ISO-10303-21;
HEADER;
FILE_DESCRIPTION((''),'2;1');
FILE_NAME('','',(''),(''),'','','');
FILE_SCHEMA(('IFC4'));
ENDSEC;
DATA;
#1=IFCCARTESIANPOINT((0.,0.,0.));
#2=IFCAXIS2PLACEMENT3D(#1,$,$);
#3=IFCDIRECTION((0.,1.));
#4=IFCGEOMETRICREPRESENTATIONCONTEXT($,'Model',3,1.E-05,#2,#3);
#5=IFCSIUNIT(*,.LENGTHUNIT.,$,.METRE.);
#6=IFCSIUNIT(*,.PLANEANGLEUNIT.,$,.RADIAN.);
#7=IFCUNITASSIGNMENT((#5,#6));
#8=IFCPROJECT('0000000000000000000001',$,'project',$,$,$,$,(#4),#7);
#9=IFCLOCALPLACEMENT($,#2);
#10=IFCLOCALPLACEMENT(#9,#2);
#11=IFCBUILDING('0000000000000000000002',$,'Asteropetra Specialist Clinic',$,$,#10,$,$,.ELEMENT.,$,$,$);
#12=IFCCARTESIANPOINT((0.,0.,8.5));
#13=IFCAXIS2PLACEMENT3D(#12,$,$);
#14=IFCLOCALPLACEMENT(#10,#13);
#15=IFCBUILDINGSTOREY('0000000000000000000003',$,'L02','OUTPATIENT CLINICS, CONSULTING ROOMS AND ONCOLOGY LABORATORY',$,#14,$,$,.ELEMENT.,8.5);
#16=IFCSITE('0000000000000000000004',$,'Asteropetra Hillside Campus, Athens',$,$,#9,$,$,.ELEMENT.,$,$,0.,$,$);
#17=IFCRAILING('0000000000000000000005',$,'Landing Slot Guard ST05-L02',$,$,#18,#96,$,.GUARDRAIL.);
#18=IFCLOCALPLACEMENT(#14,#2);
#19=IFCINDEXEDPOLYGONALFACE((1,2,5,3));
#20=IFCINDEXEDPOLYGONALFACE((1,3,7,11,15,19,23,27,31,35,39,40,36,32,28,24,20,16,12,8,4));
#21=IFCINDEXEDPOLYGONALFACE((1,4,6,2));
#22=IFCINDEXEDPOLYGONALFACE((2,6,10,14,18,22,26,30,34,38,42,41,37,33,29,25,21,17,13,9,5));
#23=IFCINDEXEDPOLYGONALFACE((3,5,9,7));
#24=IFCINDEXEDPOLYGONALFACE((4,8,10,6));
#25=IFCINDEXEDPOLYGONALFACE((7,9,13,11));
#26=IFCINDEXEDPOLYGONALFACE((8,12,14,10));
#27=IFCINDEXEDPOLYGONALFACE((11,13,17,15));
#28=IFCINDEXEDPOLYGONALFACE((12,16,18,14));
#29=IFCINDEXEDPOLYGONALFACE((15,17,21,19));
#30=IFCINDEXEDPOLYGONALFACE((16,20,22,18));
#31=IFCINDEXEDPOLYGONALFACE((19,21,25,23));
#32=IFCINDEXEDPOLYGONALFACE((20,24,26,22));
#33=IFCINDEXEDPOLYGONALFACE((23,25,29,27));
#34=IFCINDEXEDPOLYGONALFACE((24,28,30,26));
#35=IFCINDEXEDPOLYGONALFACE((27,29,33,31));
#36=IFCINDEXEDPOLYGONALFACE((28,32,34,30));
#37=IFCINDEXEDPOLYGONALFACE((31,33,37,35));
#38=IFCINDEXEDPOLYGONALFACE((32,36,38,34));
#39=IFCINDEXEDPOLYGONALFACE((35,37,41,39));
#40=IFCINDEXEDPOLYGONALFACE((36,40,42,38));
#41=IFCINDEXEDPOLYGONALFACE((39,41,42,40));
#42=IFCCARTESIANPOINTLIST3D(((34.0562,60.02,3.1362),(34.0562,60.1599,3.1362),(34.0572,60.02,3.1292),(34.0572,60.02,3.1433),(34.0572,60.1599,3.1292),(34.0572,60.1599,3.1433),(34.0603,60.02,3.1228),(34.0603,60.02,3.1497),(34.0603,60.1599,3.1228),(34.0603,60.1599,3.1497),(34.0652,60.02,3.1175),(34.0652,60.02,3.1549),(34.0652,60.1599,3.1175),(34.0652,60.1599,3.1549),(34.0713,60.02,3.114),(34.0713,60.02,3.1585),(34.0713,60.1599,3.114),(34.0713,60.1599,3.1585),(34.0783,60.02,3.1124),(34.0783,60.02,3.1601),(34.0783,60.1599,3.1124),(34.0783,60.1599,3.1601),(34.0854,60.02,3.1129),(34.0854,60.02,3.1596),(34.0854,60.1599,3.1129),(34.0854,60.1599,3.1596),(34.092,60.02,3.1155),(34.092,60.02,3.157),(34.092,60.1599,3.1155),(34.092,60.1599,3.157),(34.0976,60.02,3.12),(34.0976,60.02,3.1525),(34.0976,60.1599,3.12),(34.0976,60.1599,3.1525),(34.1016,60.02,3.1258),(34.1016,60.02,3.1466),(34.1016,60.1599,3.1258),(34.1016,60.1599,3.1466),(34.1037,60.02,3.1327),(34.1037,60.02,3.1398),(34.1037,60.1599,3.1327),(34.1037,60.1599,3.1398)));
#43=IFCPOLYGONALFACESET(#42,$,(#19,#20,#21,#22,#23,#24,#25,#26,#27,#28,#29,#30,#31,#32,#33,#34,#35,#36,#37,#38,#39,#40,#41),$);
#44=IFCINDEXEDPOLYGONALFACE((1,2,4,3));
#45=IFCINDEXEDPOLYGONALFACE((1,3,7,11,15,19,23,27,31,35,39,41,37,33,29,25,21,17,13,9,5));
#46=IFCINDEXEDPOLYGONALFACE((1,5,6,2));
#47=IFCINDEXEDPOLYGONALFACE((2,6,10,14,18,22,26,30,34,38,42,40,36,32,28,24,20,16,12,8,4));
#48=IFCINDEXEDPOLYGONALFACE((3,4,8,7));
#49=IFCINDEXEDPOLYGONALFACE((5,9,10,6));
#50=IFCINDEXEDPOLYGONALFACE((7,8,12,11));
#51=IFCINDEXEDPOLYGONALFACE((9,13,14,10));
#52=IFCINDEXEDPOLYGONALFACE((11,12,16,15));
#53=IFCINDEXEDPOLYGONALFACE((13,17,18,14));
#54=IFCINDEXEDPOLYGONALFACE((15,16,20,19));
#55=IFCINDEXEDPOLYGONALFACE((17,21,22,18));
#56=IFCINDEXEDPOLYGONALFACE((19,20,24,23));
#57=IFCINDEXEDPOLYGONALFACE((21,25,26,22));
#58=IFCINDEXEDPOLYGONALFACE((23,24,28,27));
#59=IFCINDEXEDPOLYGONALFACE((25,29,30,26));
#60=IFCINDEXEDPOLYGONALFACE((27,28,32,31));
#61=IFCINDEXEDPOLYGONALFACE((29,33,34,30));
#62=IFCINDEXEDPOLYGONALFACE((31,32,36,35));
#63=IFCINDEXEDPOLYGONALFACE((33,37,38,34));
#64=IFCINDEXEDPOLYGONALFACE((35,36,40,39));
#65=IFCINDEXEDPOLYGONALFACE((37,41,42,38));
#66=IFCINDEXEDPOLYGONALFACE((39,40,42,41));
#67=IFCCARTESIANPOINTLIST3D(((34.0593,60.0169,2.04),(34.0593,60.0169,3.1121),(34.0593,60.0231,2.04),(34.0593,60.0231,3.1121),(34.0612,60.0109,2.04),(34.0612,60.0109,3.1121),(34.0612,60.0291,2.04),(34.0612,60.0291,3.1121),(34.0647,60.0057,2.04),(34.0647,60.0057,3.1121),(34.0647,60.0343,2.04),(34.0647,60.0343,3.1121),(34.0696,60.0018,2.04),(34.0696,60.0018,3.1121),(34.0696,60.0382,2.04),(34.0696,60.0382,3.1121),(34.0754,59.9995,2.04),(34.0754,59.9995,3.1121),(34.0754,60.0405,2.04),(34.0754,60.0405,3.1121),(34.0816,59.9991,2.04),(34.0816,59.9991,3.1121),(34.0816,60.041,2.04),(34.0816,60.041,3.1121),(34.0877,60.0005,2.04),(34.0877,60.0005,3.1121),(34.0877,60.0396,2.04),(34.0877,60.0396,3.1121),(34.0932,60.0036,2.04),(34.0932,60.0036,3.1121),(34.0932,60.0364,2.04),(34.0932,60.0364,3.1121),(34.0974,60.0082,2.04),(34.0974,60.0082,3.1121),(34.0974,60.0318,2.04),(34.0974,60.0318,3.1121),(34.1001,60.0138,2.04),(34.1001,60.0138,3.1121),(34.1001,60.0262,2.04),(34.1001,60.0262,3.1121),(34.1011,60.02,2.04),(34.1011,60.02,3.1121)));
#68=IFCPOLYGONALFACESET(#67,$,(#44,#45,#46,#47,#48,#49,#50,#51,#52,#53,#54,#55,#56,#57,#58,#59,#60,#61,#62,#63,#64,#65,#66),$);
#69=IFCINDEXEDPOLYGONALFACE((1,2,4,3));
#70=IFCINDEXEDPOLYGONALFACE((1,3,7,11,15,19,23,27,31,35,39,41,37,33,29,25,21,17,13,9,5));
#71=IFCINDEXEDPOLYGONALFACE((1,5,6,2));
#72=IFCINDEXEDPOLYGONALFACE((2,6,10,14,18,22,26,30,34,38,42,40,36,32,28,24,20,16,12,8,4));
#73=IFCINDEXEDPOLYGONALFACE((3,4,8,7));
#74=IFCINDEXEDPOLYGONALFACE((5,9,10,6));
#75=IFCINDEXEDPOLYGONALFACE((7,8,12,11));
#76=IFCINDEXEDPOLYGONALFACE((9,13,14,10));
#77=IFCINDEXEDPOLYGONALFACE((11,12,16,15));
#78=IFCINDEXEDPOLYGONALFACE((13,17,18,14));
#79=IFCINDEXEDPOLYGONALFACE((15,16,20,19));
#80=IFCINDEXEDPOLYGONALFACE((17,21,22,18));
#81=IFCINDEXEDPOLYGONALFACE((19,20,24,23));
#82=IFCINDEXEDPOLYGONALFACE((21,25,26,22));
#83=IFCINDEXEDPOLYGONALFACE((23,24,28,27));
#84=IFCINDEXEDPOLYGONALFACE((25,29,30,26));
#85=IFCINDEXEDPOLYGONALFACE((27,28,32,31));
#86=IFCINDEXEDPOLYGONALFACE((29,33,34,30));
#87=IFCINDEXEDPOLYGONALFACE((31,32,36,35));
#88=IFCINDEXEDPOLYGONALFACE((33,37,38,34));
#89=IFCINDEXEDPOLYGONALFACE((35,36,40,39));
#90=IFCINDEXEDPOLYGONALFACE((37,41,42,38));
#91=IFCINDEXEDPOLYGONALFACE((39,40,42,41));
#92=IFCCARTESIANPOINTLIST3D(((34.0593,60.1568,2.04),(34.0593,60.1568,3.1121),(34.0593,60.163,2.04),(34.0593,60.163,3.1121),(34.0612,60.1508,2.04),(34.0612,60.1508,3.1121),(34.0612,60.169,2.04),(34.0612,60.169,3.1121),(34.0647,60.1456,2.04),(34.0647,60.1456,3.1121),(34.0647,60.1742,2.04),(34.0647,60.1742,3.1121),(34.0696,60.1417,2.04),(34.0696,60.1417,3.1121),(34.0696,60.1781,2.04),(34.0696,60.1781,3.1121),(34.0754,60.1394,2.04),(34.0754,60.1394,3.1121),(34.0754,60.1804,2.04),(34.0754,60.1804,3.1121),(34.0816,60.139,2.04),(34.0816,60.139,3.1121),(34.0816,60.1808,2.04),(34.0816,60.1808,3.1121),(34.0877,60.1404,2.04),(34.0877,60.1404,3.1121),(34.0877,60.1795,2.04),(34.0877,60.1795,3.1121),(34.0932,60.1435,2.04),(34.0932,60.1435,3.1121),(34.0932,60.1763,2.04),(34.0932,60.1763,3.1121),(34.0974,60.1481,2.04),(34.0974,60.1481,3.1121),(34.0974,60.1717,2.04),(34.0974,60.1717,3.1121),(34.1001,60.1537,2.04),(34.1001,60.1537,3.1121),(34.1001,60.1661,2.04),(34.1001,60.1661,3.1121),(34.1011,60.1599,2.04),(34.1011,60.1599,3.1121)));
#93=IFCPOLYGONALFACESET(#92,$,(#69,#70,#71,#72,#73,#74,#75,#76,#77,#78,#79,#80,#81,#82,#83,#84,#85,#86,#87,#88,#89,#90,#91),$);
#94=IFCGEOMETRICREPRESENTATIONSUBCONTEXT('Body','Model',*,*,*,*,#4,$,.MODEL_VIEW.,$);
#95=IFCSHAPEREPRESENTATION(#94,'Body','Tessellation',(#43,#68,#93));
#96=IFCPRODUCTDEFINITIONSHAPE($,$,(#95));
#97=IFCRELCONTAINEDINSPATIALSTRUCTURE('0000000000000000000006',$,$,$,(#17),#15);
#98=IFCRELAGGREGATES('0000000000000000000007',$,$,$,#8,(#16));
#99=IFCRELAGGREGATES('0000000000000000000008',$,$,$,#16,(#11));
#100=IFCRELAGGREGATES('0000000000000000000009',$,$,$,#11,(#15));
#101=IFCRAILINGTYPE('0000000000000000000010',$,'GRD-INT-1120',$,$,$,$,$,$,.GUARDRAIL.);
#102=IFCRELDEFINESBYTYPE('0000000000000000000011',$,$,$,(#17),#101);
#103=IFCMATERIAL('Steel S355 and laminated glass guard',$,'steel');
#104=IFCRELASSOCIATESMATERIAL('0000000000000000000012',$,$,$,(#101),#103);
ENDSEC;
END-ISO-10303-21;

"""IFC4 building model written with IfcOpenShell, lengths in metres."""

from ifc_helpers import new_model, si_unit, direction, frame, origin, origin_2d, place, context, subcontext, project, spatial, circle, extrude, material, type_object, element, save


model = new_model("IFC4")

# Units and contexts
model_context = context("Model", 3, precision=1e-05, world=origin(), true_north=direction((0.0, 1.0)))
body_context = subcontext(model_context, "Body", "Model", "MODEL_VIEW")
ifc_project = project(units=[si_unit("LENGTHUNIT", "METRE"), si_unit("PLANEANGLEUNIT", "RADIAN")], contexts=[model_context])

# Site, building, storey
site_placement = place(None, origin())
site = spatial("IfcSite", under=ifc_project, at=site_placement, Name="Asteropetra Hillside Campus, Athens", CompositionType="ELEMENT", RefElevation=0.0)
building_placement = place(site_placement, origin())
building = spatial("IfcBuilding", under=site, at=building_placement, Name="Asteropetra Specialist Clinic", CompositionType="ELEMENT")
storey_placement = place(building_placement, frame((0.0, 0.0, 8.5)))
storey = spatial("IfcBuildingStorey", under=building, at=storey_placement, Name="L02", Description="OUTPATIENT CLINICS, CONSULTING ROOMS AND ONCOLOGY LABORATORY", CompositionType="ELEMENT", Elevation=8.5)

# Railing
ifc_material_1 = material(Name="Steel S355 and laminated glass guard", Category="steel")
railing_type_1 = type_object("IfcRailingType", Name="GRD-INT-1120", PredefinedType="GUARDRAIL", material=ifc_material_1)
railing_1_placement = place(storey_placement, frame((34.0801, 60.02, 2.04)))
element("IfcRailing", 1, at=railing_1_placement, inside=storey, type_object=railing_type_1, Name="Landing Slot Guard ST05-L02", PredefinedType="GUARDRAIL", context=body_context, shape_type="SweptSolid", body=[
    extrude(circle(Radius=0.0239, at=origin_2d()), frame((0.0, 0.0, 1.0962), z_axis=(0.0, 1.0, 0.0), x_axis=(-1.0, 0.0, 0.0)), (0.0, 0.0, 1.0), 0.1399),
    extrude(circle(Radius=0.021, at=origin_2d()), origin(), (0.0, 0.0, 1.0), 1.072),
    extrude(circle(Radius=0.021, at=origin_2d()), frame((0.0, 0.1399, 0.0)), (0.0, 0.0, 1.0), 1.072),
])

save(model, "model.ifc")
